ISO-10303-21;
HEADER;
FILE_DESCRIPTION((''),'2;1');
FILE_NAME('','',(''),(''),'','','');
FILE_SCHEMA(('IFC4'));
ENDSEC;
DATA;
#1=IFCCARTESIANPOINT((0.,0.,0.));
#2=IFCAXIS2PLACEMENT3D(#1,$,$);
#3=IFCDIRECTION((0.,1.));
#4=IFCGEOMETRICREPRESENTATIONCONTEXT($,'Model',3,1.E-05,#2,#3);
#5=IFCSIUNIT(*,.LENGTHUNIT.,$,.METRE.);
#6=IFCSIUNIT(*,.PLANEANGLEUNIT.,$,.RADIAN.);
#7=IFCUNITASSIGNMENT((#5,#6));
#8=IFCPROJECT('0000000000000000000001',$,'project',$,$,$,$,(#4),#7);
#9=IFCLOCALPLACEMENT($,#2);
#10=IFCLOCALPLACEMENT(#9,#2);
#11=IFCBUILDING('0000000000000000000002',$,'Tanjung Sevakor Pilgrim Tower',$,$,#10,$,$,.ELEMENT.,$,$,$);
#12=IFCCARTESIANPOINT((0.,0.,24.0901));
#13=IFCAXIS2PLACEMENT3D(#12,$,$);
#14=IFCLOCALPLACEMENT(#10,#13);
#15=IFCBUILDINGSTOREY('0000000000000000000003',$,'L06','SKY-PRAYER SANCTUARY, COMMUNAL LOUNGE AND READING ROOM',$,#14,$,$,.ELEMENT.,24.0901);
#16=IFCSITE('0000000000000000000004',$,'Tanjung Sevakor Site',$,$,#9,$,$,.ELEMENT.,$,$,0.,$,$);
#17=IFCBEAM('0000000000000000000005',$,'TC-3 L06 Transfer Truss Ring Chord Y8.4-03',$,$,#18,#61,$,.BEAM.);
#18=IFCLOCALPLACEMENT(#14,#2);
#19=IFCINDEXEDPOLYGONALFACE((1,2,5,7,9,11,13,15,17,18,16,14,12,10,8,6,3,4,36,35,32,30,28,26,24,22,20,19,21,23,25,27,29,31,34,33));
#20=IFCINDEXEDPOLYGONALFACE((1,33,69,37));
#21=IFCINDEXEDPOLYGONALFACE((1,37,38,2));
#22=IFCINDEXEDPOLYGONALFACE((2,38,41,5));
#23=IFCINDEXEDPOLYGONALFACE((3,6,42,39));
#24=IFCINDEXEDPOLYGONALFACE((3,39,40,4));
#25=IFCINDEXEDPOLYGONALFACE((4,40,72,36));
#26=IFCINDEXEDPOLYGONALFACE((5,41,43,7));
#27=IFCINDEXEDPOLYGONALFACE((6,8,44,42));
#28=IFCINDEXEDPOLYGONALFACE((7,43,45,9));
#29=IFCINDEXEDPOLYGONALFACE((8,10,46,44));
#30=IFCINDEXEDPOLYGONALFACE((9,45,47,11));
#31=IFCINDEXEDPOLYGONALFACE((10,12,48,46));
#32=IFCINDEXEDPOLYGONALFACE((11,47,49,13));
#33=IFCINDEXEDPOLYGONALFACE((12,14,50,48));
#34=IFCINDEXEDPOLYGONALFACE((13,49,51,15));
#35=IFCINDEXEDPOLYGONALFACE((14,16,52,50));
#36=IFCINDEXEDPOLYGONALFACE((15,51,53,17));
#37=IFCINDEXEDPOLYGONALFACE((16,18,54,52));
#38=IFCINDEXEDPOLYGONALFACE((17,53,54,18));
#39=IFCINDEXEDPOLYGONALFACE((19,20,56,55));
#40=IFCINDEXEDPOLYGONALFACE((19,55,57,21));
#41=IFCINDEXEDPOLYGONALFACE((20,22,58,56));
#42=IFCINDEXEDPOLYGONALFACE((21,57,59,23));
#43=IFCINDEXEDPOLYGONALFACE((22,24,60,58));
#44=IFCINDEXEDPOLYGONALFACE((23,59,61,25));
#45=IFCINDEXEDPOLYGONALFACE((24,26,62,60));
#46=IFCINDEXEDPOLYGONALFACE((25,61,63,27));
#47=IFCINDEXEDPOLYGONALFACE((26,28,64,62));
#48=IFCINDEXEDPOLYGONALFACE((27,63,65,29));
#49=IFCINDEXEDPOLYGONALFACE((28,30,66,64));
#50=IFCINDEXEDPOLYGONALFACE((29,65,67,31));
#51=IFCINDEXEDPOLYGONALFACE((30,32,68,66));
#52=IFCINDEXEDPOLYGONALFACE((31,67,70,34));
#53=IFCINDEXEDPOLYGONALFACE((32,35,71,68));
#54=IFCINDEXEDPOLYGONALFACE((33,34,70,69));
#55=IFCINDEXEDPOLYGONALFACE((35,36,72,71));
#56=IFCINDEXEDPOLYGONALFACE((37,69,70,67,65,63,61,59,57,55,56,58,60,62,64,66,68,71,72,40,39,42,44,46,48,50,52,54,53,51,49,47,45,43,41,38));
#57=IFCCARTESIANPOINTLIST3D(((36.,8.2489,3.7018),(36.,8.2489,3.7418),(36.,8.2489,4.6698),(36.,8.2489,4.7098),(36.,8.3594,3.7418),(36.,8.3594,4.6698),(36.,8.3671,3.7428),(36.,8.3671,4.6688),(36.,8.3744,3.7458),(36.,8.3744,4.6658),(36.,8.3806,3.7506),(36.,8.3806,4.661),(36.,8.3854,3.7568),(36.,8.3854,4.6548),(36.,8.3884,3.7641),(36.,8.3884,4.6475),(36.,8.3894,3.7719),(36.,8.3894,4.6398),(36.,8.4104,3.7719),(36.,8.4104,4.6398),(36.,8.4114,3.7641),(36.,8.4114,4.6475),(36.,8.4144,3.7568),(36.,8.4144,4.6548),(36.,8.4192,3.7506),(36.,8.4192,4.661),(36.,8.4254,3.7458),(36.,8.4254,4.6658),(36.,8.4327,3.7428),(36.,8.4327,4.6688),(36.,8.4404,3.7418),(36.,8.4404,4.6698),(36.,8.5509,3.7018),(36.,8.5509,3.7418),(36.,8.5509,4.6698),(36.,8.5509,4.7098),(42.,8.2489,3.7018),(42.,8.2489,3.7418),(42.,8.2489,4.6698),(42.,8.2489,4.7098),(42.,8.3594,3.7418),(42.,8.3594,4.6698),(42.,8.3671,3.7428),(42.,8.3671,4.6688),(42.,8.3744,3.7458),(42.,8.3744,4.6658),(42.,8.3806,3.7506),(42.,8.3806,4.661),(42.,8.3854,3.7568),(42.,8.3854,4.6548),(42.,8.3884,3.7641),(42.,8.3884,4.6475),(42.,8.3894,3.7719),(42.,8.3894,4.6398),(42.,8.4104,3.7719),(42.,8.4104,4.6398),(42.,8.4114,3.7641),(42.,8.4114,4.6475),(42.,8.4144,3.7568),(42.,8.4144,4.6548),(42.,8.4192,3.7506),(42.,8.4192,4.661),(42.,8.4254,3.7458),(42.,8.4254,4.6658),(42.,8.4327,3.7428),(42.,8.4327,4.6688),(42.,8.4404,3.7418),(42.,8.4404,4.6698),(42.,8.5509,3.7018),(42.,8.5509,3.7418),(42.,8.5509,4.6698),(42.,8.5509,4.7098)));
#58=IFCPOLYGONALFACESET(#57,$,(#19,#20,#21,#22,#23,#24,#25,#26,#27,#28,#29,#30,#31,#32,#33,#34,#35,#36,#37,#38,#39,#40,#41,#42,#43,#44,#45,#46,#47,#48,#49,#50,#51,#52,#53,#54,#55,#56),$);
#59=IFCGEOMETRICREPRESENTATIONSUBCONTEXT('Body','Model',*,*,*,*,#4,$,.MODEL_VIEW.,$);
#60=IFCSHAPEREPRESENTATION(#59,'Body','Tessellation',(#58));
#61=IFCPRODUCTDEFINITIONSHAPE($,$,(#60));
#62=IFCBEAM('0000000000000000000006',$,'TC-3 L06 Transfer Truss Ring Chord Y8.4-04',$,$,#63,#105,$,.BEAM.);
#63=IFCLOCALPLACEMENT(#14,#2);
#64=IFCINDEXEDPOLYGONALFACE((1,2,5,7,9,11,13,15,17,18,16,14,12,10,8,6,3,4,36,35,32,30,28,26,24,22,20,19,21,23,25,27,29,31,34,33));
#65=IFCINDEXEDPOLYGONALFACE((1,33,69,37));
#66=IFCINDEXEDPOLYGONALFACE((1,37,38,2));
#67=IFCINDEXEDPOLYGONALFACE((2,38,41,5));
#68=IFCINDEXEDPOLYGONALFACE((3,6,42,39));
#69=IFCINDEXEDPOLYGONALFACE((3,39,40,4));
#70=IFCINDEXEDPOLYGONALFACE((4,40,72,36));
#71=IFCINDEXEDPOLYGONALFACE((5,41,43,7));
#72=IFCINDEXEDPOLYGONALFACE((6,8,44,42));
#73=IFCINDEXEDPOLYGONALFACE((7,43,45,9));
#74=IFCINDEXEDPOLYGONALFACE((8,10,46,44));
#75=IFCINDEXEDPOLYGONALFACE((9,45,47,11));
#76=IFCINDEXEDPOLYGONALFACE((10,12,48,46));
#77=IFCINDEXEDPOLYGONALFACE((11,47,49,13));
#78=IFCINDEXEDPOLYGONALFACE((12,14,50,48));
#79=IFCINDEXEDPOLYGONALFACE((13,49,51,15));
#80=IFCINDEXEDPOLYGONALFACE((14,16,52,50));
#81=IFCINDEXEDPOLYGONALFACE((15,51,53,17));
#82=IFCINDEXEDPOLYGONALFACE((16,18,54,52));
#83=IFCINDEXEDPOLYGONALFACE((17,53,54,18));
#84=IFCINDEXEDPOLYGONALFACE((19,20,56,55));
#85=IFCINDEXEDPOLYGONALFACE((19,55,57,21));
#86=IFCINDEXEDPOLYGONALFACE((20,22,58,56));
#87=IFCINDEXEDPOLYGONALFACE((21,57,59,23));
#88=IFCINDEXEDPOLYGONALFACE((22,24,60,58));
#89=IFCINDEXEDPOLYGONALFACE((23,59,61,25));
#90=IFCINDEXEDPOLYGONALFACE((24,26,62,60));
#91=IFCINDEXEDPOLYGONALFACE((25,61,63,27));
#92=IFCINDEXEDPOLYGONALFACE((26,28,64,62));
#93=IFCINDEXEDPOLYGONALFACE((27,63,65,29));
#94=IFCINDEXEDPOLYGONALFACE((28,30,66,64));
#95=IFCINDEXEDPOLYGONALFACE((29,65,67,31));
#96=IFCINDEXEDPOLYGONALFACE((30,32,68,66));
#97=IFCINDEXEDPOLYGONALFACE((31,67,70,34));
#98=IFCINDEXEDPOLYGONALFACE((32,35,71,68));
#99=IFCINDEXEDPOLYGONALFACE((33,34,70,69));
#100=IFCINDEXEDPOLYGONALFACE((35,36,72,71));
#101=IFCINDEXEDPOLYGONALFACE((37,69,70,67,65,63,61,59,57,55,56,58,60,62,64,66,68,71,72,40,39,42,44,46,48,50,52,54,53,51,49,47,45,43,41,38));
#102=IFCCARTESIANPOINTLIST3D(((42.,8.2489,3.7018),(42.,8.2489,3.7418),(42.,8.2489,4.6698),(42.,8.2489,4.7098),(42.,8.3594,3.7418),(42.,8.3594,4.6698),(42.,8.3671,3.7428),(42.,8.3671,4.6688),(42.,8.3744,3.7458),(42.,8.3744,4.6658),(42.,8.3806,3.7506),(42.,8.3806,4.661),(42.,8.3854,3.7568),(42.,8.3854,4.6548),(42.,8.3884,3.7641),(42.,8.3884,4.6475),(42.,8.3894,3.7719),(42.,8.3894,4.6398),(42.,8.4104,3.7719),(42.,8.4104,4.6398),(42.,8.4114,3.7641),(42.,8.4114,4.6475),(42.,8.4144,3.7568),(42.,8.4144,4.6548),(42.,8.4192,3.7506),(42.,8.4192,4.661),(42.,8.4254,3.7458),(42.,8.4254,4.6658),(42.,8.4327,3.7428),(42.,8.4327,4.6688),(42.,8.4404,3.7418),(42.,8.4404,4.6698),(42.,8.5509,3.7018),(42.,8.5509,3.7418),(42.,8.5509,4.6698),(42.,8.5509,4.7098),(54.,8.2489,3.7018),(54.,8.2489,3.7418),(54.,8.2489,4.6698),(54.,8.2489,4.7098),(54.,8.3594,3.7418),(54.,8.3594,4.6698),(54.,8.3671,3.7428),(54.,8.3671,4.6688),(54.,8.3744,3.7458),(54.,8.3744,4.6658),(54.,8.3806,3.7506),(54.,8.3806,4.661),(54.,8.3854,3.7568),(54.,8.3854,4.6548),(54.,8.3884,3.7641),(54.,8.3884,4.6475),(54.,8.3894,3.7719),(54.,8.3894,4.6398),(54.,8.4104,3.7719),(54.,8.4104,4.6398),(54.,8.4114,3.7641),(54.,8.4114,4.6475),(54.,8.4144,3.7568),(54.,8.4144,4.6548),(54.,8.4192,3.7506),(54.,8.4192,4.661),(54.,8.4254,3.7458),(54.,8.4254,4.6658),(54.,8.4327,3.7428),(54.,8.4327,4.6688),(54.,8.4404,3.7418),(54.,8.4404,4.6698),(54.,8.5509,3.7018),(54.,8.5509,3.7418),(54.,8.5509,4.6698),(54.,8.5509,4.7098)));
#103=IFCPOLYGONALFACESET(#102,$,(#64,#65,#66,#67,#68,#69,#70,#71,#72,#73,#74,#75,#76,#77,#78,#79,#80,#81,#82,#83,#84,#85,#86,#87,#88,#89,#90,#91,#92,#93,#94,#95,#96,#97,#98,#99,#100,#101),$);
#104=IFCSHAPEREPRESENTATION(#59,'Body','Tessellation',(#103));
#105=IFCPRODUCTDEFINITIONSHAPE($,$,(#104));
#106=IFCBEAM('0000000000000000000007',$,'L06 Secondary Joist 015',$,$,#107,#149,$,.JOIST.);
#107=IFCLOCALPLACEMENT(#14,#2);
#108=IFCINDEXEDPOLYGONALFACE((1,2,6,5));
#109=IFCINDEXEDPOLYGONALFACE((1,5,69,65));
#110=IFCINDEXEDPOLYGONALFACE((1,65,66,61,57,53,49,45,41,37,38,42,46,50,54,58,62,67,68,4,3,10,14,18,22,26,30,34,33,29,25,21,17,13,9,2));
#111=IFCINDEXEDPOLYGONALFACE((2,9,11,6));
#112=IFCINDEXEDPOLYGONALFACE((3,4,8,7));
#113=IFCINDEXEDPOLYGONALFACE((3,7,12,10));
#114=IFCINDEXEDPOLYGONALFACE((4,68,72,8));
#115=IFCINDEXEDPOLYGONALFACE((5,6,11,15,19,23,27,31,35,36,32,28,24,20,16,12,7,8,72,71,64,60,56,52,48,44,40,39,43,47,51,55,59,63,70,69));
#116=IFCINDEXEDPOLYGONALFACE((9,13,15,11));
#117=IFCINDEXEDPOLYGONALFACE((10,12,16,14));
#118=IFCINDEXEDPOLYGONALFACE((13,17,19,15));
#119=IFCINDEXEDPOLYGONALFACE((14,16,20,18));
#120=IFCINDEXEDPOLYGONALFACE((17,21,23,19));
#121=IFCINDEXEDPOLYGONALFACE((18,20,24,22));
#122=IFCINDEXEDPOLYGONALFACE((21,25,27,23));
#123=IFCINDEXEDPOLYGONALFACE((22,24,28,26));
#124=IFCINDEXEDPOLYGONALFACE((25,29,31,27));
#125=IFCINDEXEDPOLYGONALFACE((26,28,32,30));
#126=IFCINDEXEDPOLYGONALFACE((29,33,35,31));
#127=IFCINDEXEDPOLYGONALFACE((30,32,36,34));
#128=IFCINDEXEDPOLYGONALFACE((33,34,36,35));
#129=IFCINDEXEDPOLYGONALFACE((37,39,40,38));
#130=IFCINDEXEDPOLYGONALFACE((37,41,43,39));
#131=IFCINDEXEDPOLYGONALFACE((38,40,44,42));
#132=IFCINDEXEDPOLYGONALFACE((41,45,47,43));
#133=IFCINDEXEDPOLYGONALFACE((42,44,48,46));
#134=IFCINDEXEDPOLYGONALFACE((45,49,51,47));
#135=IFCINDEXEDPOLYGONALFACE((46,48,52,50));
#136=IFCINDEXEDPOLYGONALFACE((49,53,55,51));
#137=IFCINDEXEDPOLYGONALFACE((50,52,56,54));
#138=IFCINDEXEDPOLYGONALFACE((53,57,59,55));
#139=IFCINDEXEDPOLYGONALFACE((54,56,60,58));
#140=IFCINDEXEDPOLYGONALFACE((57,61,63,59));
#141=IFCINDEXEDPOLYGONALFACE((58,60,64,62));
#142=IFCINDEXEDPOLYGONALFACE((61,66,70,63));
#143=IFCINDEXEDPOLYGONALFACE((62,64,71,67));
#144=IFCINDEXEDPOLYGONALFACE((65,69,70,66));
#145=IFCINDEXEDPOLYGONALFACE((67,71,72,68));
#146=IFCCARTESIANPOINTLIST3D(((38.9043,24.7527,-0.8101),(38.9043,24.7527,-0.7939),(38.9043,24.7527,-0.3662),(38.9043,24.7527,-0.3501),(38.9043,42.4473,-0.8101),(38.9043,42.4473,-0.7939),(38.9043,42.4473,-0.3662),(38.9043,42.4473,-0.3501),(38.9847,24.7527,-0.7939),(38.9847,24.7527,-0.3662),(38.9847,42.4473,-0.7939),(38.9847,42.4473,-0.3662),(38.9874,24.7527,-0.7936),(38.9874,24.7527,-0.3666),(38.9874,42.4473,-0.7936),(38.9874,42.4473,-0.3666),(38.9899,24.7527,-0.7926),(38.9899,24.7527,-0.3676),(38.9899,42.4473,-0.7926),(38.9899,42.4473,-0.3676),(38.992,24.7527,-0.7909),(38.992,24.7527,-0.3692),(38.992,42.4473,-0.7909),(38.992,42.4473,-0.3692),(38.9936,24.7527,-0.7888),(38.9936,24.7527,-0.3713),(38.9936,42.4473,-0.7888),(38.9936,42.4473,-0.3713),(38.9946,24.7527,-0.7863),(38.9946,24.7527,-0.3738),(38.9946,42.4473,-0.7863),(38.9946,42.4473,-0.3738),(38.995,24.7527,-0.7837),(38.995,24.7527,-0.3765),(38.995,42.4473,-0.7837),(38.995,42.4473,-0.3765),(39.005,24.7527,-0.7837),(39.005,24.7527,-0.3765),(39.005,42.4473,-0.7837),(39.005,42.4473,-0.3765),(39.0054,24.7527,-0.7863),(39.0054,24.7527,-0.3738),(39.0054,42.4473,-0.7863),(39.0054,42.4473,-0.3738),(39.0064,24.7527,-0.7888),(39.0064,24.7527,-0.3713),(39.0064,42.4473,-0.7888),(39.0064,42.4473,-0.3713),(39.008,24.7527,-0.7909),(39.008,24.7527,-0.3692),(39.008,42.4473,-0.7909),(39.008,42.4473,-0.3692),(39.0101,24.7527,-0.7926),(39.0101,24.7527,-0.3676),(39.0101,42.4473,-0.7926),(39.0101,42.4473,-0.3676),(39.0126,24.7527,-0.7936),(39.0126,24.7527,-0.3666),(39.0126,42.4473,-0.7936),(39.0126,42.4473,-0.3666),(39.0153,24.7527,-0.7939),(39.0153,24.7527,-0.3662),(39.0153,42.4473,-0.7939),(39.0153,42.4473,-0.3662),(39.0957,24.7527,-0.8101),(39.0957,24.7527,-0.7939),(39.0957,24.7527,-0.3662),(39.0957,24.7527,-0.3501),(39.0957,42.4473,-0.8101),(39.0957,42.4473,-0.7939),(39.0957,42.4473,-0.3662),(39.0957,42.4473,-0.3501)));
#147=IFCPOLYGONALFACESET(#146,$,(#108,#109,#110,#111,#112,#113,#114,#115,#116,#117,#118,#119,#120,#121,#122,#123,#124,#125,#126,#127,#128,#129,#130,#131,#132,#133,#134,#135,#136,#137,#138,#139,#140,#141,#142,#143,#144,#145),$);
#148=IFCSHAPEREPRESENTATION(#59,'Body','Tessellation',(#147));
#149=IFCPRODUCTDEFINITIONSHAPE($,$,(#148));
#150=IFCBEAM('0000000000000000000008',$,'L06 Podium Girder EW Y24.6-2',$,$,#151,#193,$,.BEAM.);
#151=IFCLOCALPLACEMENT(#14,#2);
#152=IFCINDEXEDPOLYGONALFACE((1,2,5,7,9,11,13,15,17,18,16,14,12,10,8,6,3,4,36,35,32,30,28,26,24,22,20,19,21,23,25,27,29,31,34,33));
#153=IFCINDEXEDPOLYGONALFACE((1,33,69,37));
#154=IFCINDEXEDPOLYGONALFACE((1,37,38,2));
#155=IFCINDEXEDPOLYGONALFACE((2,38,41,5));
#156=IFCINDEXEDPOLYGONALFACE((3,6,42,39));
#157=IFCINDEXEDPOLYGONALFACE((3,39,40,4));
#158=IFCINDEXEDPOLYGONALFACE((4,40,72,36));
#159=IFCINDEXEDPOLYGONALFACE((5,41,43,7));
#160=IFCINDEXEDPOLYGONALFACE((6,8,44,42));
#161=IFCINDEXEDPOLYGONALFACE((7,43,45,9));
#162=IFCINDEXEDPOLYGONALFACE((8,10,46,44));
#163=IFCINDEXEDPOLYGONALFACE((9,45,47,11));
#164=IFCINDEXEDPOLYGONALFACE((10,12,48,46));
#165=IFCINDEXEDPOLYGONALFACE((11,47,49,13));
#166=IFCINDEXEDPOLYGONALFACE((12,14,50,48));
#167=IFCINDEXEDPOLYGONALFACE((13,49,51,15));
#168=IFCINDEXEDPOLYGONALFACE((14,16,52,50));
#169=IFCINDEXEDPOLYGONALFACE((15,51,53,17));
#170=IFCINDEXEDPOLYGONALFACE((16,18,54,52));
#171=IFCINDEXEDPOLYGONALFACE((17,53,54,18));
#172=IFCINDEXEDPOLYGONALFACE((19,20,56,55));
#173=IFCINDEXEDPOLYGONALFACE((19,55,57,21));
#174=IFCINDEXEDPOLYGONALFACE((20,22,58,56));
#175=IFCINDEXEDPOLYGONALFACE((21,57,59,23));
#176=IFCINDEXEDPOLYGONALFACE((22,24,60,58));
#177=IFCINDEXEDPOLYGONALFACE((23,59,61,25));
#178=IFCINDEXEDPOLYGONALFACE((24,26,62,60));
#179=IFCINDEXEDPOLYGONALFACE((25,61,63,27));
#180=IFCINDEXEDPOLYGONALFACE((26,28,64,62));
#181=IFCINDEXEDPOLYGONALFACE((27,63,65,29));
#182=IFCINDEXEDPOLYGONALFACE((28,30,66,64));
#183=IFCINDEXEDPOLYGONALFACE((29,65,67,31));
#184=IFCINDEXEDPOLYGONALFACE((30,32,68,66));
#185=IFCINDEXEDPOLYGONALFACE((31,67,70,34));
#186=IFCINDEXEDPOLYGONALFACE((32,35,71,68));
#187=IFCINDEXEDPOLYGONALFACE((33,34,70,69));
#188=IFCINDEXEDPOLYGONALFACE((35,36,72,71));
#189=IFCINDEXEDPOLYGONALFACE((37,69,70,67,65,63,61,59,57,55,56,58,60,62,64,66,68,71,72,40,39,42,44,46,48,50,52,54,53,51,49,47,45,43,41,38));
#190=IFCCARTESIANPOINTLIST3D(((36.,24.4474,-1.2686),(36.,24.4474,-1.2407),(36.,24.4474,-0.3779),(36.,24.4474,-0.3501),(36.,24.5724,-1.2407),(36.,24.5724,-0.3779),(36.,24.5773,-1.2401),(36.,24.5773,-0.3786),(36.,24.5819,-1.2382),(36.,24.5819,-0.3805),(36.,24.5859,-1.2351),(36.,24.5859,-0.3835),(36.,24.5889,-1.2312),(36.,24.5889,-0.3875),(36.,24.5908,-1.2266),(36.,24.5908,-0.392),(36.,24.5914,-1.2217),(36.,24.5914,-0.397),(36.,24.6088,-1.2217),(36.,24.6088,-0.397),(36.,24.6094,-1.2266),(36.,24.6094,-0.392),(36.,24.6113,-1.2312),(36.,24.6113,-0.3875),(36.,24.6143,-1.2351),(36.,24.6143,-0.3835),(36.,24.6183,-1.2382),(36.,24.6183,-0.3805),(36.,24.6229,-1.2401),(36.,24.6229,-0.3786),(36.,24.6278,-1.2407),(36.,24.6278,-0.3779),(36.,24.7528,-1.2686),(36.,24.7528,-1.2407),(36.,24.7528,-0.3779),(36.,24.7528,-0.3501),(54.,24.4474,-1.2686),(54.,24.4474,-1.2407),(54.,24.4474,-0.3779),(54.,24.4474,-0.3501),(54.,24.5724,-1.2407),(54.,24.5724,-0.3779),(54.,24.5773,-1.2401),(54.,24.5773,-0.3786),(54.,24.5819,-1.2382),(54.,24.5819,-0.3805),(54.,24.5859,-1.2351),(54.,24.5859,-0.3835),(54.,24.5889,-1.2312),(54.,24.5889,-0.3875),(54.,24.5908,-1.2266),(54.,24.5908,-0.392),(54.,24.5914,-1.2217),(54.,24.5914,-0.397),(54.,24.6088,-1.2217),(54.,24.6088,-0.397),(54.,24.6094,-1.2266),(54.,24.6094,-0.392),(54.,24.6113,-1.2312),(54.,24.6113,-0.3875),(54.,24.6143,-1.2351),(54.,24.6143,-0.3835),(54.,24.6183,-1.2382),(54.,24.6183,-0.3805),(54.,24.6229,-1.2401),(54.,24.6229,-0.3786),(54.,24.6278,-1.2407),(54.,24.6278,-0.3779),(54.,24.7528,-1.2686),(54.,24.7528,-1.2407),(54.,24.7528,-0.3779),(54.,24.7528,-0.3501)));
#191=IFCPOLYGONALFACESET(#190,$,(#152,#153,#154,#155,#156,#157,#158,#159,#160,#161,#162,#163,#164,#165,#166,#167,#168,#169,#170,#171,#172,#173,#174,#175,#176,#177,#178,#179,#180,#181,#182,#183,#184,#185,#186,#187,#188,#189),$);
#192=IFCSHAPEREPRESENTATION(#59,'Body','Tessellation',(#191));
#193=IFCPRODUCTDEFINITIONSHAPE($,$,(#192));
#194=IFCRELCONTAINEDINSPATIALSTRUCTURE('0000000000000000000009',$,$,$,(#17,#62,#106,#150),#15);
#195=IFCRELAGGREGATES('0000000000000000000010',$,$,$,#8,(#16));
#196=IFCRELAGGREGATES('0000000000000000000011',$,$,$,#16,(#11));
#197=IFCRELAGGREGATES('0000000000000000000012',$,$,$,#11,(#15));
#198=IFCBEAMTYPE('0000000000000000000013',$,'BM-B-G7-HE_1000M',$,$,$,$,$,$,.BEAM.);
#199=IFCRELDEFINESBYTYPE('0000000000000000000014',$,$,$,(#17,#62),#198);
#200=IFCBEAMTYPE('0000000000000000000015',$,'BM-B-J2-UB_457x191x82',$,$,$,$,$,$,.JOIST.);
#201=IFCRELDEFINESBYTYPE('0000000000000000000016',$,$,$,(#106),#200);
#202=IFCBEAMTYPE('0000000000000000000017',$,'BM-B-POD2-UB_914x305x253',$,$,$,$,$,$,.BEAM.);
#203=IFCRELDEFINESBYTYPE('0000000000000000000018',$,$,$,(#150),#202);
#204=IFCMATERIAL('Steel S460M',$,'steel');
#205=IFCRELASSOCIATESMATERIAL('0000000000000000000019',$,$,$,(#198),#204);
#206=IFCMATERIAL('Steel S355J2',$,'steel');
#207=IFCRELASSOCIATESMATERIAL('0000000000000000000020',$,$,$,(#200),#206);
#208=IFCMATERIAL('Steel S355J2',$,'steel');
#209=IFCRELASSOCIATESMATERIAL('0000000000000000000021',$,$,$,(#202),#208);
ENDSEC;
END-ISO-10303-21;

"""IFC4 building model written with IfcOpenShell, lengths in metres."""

from ifc_helpers import new_model, si_unit, direction, frame, origin, origin_2d, place, context, subcontext, project, spatial, i_section, extrude, material, material_profile, profile_set, type_object, element, save


model = new_model("IFC4")

# Units and contexts
model_context = context("Model", 3, precision=1e-05, world=origin(), true_north=direction((0.0, 1.0)))
body_context = subcontext(model_context, "Body", "Model", "MODEL_VIEW")
ifc_project = project(units=[si_unit("LENGTHUNIT", "METRE"), si_unit("PLANEANGLEUNIT", "RADIAN")], contexts=[model_context])

# Site, building, storey
site_placement = place(None, origin())
site = spatial("IfcSite", under=ifc_project, at=site_placement, Name="Tanjung Sevakor Site", CompositionType="ELEMENT", RefElevation=0.0)
building_placement = place(site_placement, origin())
building = spatial("IfcBuilding", under=site, at=building_placement, Name="Tanjung Sevakor Pilgrim Tower", CompositionType="ELEMENT")
storey_placement = place(building_placement, frame((0.0, 0.0, 24.0901)))
storey = spatial("IfcBuildingStorey", under=building, at=storey_placement, Name="L06", Description="SKY-PRAYER SANCTUARY, COMMUNAL LOUNGE AND READING ROOM", CompositionType="ELEMENT", Elevation=24.0901)

# Beams
ifc_material_1 = material(Name="Steel S460M", Category="steel")
ifc_material_profile_1 = material_profile(ifc_material_1, i_section(OverallWidth=0.302, OverallDepth=1.0081, WebThickness=0.021, FlangeThickness=0.04, FilletRadius=0.03, at=origin_2d()))
ifc_profile_set_1 = profile_set([ifc_material_profile_1], Name="Steel S460M")
beam_type_1 = type_object("IfcBeamType", Name="BM-B-G7-HE_1000M", PredefinedType="BEAM", material=ifc_profile_set_1)
beam_1_placement = place(storey_placement, frame((36.0, 8.3999, 4.2058), z_axis=(1.0, 0.0, 0.0), x_axis=(0.0, 1.0, 0.0)))
element("IfcBeam", 1, at=beam_1_placement, inside=storey, type_object=beam_type_1, Name="TC-3 L06 Transfer Truss Ring Chord Y8.4-03", PredefinedType="BEAM", context=body_context, shape_type="SweptSolid", body=[
    extrude(i_section(OverallWidth=0.302, OverallDepth=1.0081, WebThickness=0.021, FlangeThickness=0.04, FilletRadius=0.03, at=origin_2d()), origin(), (0.0, 0.0, 1.0), 6.0),
])
beam_2_placement = place(storey_placement, frame((42.0, 8.3999, 4.2058), z_axis=(1.0, 0.0, 0.0), x_axis=(0.0, 1.0, 0.0)))
element("IfcBeam", 2, at=beam_2_placement, inside=storey, type_object=beam_type_1, Name="TC-3 L06 Transfer Truss Ring Chord Y8.4-04", PredefinedType="BEAM", context=body_context, shape_type="SweptSolid", body=[
    extrude(i_section(OverallWidth=0.302, OverallDepth=1.0081, WebThickness=0.021, FlangeThickness=0.04, FilletRadius=0.03, at=origin_2d()), origin(), (0.0, 0.0, 1.0), 12.0),
])
ifc_material_2 = material(Name="Steel S355J2", Category="steel")
ifc_material_profile_2 = material_profile(ifc_material_2, i_section(OverallWidth=0.1914, OverallDepth=0.46, WebThickness=0.01, FlangeThickness=0.0161, FilletRadius=0.0103, at=origin_2d()))
ifc_profile_set_2 = profile_set([ifc_material_profile_2], Name="Steel S355J2")
beam_type_2 = type_object("IfcBeamType", Name="BM-B-J2-UB_457x191x82", PredefinedType="JOIST", material=ifc_profile_set_2)
beam_3_placement = place(storey_placement, frame((39.0, 24.7527, -0.5801), z_axis=(0.0, 1.0, 0.0), x_axis=(-1.0, 0.0, 0.0)))
element("IfcBeam", 3, at=beam_3_placement, inside=storey, type_object=beam_type_2, Name="L06 Secondary Joist 015", PredefinedType="JOIST", context=body_context, shape_type="SweptSolid", body=[
    extrude(i_section(OverallWidth=0.1914, OverallDepth=0.46, WebThickness=0.01, FlangeThickness=0.0161, FilletRadius=0.0103, at=origin_2d()), origin(), (0.0, 0.0, 1.0), 17.6946),
])
ifc_material_3 = material(Name="Steel S355J2", Category="steel")
ifc_material_profile_3 = material_profile(ifc_material_3, i_section(OverallWidth=0.3054, OverallDepth=0.9185, WebThickness=0.0173, FlangeThickness=0.0278, FilletRadius=0.019, at=origin_2d()))
ifc_profile_set_3 = profile_set([ifc_material_profile_3], Name="Steel S355J2")
beam_type_3 = type_object("IfcBeamType", Name="BM-B-POD2-UB_914x305x253", PredefinedType="BEAM", material=ifc_profile_set_3)
beam_4_placement = place(storey_placement, frame((36.0, 24.6001, -0.8093), z_axis=(1.0, 0.0, 0.0), x_axis=(0.0, 1.0, 0.0)))
element("IfcBeam", 4, at=beam_4_placement, inside=storey, type_object=beam_type_3, Name="L06 Podium Girder EW Y24.6-2", PredefinedType="BEAM", context=body_context, shape_type="SweptSolid", body=[
    extrude(i_section(OverallWidth=0.3054, OverallDepth=0.9185, WebThickness=0.0173, FlangeThickness=0.0278, FilletRadius=0.019, at=origin_2d()), origin(), (0.0, 0.0, 1.0), 18.0),
])

save(model, "model.ifc")
